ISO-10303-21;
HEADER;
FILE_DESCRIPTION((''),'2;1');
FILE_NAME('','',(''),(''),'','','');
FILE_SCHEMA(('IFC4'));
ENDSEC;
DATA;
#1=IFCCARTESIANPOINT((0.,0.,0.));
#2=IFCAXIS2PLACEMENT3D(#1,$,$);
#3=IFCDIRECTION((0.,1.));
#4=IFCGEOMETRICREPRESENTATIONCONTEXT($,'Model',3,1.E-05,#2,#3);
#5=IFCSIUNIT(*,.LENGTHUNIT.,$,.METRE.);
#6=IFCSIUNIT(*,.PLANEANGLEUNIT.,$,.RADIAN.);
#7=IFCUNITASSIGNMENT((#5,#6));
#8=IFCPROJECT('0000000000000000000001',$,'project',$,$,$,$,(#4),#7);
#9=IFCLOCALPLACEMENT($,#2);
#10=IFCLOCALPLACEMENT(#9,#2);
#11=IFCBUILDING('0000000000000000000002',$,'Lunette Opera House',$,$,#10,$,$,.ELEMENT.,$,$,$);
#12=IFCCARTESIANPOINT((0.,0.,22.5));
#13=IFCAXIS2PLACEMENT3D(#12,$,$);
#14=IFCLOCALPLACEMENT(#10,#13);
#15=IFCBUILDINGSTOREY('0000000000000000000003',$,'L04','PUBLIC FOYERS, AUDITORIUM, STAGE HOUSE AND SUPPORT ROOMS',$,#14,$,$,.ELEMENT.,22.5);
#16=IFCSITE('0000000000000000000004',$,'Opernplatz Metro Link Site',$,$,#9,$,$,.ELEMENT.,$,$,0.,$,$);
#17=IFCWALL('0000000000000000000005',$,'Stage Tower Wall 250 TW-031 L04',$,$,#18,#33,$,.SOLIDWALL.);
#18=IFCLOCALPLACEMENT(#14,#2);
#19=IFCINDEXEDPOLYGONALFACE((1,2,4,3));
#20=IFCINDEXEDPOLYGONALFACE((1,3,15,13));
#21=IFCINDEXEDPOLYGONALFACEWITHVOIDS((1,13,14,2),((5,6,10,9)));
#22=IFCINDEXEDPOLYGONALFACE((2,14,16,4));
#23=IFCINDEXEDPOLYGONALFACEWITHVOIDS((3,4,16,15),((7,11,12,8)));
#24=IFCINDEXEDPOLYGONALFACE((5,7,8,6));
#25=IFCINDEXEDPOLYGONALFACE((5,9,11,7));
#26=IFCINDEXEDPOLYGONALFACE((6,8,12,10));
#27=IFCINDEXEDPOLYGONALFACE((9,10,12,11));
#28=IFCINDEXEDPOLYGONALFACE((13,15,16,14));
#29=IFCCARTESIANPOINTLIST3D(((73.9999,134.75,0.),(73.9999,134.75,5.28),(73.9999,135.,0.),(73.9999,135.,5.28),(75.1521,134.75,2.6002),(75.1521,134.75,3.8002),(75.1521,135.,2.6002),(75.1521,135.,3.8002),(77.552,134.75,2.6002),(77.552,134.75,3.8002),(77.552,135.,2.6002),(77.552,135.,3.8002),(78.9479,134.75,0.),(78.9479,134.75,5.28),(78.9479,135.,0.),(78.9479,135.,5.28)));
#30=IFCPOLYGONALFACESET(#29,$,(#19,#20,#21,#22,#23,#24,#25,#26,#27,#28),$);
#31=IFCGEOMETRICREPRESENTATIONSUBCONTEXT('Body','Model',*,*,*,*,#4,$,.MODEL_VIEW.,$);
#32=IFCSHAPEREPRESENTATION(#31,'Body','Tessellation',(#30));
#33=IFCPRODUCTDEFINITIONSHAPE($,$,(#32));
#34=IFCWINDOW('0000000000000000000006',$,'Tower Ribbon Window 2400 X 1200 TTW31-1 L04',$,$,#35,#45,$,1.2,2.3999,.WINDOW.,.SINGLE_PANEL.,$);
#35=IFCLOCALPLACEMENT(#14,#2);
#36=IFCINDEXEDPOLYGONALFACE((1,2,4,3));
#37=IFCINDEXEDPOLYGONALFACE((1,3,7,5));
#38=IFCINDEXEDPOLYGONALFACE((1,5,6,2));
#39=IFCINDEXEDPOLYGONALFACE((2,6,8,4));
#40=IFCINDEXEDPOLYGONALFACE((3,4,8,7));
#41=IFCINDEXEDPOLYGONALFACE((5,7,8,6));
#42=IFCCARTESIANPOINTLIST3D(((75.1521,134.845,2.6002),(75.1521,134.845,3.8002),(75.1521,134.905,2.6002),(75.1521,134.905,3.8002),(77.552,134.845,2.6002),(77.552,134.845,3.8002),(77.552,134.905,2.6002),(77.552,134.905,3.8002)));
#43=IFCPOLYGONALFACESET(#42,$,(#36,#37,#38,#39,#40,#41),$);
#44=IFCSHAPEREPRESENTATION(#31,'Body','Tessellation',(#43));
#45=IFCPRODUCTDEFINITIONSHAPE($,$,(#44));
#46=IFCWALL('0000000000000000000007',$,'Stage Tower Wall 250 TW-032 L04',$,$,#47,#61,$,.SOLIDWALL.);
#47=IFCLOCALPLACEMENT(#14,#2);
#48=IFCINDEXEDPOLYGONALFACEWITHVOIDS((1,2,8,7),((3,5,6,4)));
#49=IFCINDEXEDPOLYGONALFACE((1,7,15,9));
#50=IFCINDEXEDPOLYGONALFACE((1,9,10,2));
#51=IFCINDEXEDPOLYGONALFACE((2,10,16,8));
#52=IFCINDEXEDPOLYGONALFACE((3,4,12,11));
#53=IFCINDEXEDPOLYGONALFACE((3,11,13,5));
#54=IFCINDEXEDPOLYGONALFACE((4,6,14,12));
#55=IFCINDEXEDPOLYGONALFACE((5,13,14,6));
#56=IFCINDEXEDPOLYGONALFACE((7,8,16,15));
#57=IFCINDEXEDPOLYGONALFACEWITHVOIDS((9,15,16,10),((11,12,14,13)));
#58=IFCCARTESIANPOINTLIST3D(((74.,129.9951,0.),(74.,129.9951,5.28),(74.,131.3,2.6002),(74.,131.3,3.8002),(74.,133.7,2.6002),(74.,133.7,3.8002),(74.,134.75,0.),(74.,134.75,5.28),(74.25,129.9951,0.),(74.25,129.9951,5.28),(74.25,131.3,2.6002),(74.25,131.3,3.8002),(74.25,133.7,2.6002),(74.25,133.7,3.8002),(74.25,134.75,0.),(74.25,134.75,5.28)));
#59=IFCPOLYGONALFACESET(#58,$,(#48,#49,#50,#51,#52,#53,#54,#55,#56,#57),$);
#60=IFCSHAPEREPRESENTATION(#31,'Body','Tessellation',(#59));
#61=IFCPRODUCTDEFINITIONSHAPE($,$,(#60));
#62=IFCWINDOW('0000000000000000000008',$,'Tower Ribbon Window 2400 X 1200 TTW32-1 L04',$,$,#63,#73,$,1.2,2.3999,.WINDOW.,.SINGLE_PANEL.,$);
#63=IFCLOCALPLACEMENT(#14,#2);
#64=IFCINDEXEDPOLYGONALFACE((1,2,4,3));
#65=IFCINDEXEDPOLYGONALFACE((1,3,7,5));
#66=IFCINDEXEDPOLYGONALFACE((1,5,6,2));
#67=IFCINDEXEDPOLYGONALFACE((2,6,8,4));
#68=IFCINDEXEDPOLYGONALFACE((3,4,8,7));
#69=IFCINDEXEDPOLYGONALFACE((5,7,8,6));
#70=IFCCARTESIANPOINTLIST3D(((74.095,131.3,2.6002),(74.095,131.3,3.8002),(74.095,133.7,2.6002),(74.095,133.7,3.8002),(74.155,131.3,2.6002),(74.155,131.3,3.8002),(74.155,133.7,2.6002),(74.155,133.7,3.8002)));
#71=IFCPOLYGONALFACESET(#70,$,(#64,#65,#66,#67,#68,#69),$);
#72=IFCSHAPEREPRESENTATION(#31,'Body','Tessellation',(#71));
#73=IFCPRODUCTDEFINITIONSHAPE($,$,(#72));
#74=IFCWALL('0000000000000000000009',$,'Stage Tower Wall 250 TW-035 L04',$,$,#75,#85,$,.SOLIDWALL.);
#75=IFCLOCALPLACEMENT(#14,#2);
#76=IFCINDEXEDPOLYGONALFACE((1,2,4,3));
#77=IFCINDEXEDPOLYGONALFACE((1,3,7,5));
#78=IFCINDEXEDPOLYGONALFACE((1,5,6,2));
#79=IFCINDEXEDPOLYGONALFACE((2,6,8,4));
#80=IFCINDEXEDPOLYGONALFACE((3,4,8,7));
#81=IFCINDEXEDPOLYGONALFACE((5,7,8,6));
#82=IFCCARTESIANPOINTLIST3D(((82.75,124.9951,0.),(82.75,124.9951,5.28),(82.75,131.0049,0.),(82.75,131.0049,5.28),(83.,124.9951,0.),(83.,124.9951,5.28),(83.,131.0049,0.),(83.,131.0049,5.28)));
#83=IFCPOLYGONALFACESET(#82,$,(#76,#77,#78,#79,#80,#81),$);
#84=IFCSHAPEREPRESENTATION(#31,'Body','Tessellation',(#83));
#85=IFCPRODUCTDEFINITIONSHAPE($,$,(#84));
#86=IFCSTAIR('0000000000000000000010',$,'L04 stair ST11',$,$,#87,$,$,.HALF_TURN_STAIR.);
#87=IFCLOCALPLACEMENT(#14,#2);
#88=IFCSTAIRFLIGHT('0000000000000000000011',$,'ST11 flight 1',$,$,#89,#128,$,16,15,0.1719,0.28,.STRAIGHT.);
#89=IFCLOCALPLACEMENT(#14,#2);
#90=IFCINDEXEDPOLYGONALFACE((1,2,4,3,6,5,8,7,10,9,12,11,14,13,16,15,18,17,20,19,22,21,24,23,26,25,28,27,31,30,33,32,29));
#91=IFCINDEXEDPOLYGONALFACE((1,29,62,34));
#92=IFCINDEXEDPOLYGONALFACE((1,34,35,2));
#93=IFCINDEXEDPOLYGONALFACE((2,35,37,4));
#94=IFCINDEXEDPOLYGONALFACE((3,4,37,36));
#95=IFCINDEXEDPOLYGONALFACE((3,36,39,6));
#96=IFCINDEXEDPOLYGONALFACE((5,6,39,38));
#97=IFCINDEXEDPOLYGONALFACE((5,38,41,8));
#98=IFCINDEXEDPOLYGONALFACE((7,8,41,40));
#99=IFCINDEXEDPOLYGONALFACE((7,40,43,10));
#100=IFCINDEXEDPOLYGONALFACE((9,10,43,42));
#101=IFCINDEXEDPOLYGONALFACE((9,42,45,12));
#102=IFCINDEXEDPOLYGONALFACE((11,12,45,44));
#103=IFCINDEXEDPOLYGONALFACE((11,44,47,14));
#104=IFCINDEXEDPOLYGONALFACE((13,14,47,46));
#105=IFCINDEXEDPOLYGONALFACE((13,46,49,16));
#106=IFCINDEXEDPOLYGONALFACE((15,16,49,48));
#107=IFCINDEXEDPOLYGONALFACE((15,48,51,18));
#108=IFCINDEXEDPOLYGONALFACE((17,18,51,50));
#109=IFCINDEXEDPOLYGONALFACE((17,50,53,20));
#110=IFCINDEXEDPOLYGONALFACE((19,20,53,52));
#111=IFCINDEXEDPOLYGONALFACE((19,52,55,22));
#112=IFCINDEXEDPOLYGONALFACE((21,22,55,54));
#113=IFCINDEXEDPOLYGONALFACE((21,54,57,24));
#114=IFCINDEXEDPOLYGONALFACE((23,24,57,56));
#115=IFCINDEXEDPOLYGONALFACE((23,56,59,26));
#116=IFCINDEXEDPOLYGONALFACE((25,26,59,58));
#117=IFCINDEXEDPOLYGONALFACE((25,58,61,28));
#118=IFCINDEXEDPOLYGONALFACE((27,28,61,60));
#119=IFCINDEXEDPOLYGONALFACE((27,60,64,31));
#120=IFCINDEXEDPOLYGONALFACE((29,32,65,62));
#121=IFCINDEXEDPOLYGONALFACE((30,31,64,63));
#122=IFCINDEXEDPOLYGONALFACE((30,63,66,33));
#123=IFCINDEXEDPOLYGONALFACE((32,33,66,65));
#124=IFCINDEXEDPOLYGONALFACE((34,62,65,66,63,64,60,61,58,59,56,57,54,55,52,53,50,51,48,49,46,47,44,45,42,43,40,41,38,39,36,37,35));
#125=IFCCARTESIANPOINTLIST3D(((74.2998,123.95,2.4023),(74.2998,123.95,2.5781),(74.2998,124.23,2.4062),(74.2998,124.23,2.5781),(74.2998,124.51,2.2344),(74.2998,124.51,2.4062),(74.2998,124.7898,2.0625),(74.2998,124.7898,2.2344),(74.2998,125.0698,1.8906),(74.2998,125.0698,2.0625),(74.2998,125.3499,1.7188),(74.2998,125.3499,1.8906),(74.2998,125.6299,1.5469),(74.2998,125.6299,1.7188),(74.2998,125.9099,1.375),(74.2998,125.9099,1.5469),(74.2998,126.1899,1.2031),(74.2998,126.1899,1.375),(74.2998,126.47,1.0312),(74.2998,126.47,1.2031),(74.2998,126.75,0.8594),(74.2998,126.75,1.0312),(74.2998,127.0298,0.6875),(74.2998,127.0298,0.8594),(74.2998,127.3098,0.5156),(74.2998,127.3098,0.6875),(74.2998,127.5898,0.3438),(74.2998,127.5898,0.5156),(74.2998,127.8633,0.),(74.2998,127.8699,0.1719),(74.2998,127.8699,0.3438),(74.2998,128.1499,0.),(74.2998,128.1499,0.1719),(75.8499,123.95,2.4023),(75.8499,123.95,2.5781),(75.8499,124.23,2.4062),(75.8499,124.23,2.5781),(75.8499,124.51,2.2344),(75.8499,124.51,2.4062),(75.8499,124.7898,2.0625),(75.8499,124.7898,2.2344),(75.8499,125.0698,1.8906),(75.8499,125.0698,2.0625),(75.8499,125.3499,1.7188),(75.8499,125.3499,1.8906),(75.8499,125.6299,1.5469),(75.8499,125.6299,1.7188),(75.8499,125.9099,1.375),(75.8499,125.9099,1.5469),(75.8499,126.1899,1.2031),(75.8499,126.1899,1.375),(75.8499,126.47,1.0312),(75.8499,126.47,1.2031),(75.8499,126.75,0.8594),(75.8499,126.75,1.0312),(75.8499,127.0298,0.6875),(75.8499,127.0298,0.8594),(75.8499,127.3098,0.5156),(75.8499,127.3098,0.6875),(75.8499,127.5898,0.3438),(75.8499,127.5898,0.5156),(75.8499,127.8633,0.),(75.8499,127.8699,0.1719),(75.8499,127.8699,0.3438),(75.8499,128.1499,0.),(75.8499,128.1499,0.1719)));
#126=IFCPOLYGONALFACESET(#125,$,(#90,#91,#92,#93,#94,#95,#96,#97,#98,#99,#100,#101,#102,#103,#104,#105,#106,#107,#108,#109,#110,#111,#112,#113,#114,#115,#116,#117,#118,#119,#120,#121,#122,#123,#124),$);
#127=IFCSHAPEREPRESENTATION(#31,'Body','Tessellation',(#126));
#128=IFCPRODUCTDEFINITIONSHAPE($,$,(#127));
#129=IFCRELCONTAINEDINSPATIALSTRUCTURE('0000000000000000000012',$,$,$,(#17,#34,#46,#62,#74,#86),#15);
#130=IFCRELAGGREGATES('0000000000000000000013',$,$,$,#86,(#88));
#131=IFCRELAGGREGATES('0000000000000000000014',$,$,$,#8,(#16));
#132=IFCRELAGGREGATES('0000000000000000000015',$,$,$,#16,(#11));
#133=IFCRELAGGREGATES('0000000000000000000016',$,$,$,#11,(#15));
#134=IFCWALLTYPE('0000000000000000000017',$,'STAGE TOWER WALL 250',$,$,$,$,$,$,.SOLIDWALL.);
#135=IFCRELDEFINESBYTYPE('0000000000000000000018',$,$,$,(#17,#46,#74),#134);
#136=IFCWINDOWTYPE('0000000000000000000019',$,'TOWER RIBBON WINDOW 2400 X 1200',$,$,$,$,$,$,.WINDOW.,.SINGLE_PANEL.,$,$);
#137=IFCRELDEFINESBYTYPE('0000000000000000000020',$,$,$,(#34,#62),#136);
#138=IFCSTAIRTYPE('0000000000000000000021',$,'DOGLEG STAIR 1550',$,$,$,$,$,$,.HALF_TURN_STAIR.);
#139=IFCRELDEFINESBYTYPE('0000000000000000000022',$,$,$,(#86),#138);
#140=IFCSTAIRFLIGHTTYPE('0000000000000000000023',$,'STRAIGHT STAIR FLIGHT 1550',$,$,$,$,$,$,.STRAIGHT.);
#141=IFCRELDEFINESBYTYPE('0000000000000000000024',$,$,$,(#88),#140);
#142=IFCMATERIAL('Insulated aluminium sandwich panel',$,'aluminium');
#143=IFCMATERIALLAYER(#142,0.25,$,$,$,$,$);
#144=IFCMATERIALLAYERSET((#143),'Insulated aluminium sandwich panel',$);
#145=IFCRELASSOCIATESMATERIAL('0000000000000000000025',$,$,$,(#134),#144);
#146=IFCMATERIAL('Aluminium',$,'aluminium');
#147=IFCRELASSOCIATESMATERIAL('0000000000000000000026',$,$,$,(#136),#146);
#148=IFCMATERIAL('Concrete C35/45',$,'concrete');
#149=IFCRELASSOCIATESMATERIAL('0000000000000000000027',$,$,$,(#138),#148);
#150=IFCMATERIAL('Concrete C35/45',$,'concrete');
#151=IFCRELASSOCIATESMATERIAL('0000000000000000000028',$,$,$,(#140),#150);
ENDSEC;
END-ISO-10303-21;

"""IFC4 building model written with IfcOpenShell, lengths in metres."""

from ifc_helpers import new_model, si_unit, direction, frame, frame_2d, origin, place, context, subcontext, project, spatial, polyline, rectangle, outline, extrude, material, layer, layer_set, type_object, element, fill, aggregate, save


model = new_model("IFC4")

# Units and contexts
model_context = context("Model", 3, precision=1e-05, world=origin(), true_north=direction((0.0, 1.0)))
body_context = subcontext(model_context, "Body", "Model", "MODEL_VIEW")
ifc_project = project(units=[si_unit("LENGTHUNIT", "METRE"), si_unit("PLANEANGLEUNIT", "RADIAN")], contexts=[model_context])

# Site, building, storey
site_placement = place(None, origin())
site = spatial("IfcSite", under=ifc_project, at=site_placement, Name="Opernplatz Metro Link Site", CompositionType="ELEMENT", RefElevation=0.0)
building_placement = place(site_placement, origin())
building = spatial("IfcBuilding", under=site, at=building_placement, Name="Lunette Opera House", CompositionType="ELEMENT")
storey_placement = place(building_placement, frame((0.0, 0.0, 22.5)))
storey = spatial("IfcBuildingStorey", under=building, at=storey_placement, Name="L04", Description="PUBLIC FOYERS, AUDITORIUM, STAGE HOUSE AND SUPPORT ROOMS", CompositionType="ELEMENT", Elevation=22.5)

# Walls, openings, windows
ifc_material_1 = material(Name="Insulated aluminium sandwich panel", Category="aluminium")
ifc_layer_1 = layer(ifc_material_1, 0.25)
ifc_layer_set_1 = layer_set([ifc_layer_1], Name="Insulated aluminium sandwich panel")
wall_type_1 = type_object("IfcWallType", Name="STAGE TOWER WALL 250", PredefinedType="SOLIDWALL", material=ifc_layer_set_1)
wall_1_placement = place(storey_placement, frame((78.948, 134.875, 0.0), z_axis=(0.0, 0.0, 1.0), x_axis=(-1.0, 0.0, 0.0)))
wall_1 = element("IfcWall", 1, at=wall_1_placement, inside=storey, type_object=wall_type_1, Name="Stage Tower Wall 250 TW-031 L04", PredefinedType="SOLIDWALL", context=body_context, shape_type="SweptSolid", body=[
    extrude(rectangle(XDim=4.948, YDim=0.25, at=frame_2d((2.4741, 0.0))), origin(), (0.0, 0.0, 1.0), 5.28),
])
opening_1_placement = place(wall_1_placement, frame((1.396, 0.0, 2.6001)))
opening_1 = element("IfcOpeningElement", 2, at=opening_1_placement, cuts=wall_1, PredefinedType="OPENING", context=body_context, shape_type="SweptSolid", body=[
    extrude(rectangle(XDim=2.3999, YDim=1.2, at=frame_2d((1.2, 0.6001))), frame((0.0, 0.137, 0.0), z_axis=(0.0, -1.0, 0.0), x_axis=(1.0, 0.0, 0.0)), (0.0, 0.0, 1.0), 0.2739),
])
ifc_material_2 = material(Name="Aluminium", Category="aluminium")
window_type = type_object("IfcWindowType", Name="TOWER RIBBON WINDOW 2400 X 1200", PartitioningType="SINGLE_PANEL", PredefinedType="WINDOW", material=ifc_material_2)
window_1_placement = place(opening_1_placement, origin())
window_1 = element("IfcWindow", 3, at=window_1_placement, inside=storey, type_object=window_type, Name="Tower Ribbon Window 2400 X 1200 TTW31-1 L04", OverallHeight=1.2, OverallWidth=2.3999, PartitioningType="SINGLE_PANEL", PredefinedType="WINDOW", context=body_context, shape_type="SweptSolid", body=[
    extrude(rectangle(XDim=2.3999, YDim=1.2, at=frame_2d((1.2, 0.6001))), frame((0.0, 0.03, 0.0), z_axis=(0.0, -1.0, 0.0), x_axis=(1.0, 0.0, 0.0)), (0.0, 0.0, 1.0), 0.0601),
])
fill(opening_1, window_1)
wall_2_placement = place(storey_placement, frame((74.125, 134.75, 0.0), z_axis=(0.0, 0.0, 1.0), x_axis=(0.0, -1.0, 0.0)))
wall_2 = element("IfcWall", 4, at=wall_2_placement, inside=storey, type_object=wall_type_1, Name="Stage Tower Wall 250 TW-032 L04", PredefinedType="SOLIDWALL", context=body_context, shape_type="SweptSolid", body=[
    extrude(rectangle(XDim=4.7549, YDim=0.25, at=frame_2d((2.3774, 0.0))), origin(), (0.0, 0.0, 1.0), 5.28),
])
opening_2_placement = place(wall_2_placement, frame((1.05, 0.0, 2.6001)))
opening_2 = element("IfcOpeningElement", 5, at=opening_2_placement, cuts=wall_2, PredefinedType="OPENING", context=body_context, shape_type="SweptSolid", body=[
    extrude(rectangle(XDim=2.3999, YDim=1.2, at=frame_2d((1.2, 0.6001))), frame((0.0, 0.137, 0.0), z_axis=(0.0, -1.0, 0.0), x_axis=(1.0, 0.0, 0.0)), (0.0, 0.0, 1.0), 0.2739),
])
window_2_placement = place(opening_2_placement, origin())
window_2 = element("IfcWindow", 6, at=window_2_placement, inside=storey, type_object=window_type, Name="Tower Ribbon Window 2400 X 1200 TTW32-1 L04", OverallHeight=1.2, OverallWidth=2.3999, PartitioningType="SINGLE_PANEL", PredefinedType="WINDOW", context=body_context, shape_type="SweptSolid", body=[
    extrude(rectangle(XDim=2.3999, YDim=1.2, at=frame_2d((1.2, 0.6001))), frame((0.0, 0.03, 0.0), z_axis=(0.0, -1.0, 0.0), x_axis=(1.0, 0.0, 0.0)), (0.0, 0.0, 1.0), 0.0601),
])
fill(opening_2, window_2)

# Wall
wall_3_placement = place(storey_placement, frame((82.875, 124.9951, 0.0), z_axis=(0.0, 0.0, 1.0), x_axis=(0.0, 1.0, 0.0)))
element("IfcWall", 7, at=wall_3_placement, inside=storey, type_object=wall_type_1, Name="Stage Tower Wall 250 TW-035 L04", PredefinedType="SOLIDWALL", context=body_context, shape_type="SweptSolid", body=[
    extrude(rectangle(XDim=6.0098, YDim=0.25, at=frame_2d((3.0049, 0.0))), origin(), (0.0, 0.0, 1.0), 5.28),
])

# Stair, stair flight
ifc_material_3 = material(Name="Concrete C35/45", Category="concrete")
stair_type = type_object("IfcStairType", Name="DOGLEG STAIR 1550", PredefinedType="HALF_TURN_STAIR", material=ifc_material_3)
stair_placement = place(storey_placement, origin())
stair = element("IfcStair", 8, at=stair_placement, inside=storey, type_object=stair_type, Name="L04 stair ST11", PredefinedType="HALF_TURN_STAIR")
ifc_material_4 = material(Name="Concrete C35/45", Category="concrete")
stair_flight_type = type_object("IfcStairFlightType", Name="STRAIGHT STAIR FLIGHT 1550", PredefinedType="STRAIGHT", material=ifc_material_4)
stair_flight_placement = place(storey_placement, frame((75.075, 128.1499, 0.0), z_axis=(0.0, 0.0, 1.0), x_axis=(0.0, -1.0, 0.0)))
stair_flight = element("IfcStairFlight", 9, at=stair_flight_placement, type_object=stair_flight_type, Name="ST11 flight 1", NumberOfRisers=16, NumberOfTreads=15, PredefinedType="STRAIGHT", RiserHeight=0.1719, TreadLength=0.28, context=body_context, shape_type="SweptSolid", body=[
    extrude(outline(polyline([(0.0, 0.0), (0.0, 0.1719), (0.28, 0.1719), (0.28, 0.3438), (0.5601, 0.3438), (0.5601, 0.5156), (0.8401, 0.5156), (0.8401, 0.6875), (1.1201, 0.6875), (1.1201, 0.8594), (1.3999, 0.8594), (1.3999, 1.0312), (1.6799, 1.0312), (1.6799, 1.2031), (1.96, 1.2031), (1.96, 1.375), (2.24, 1.375), (2.24, 1.5469), (2.52, 1.5469), (2.52, 1.7188), (2.8, 1.7188), (2.8, 1.8906), (3.0801, 1.8906), (3.0801, 2.0625), (3.3601, 2.0625), (3.3601, 2.2344), (3.6399, 2.2344), (3.6399, 2.4062), (3.9199, 2.4062), (3.9199, 2.5781), (4.2, 2.5781), (4.2, 2.75), (4.2, 2.4023), (0.2866, 0.0), (0.0, 0.0)])), frame((0.0, 0.7749, 0.0), z_axis=(0.0, -1.0, 0.0), x_axis=(1.0, 0.0, 0.0)), (0.0, 0.0, 1.0), 1.55),
])
aggregate(stair, [stair_flight])

save(model, "model.ifc")
